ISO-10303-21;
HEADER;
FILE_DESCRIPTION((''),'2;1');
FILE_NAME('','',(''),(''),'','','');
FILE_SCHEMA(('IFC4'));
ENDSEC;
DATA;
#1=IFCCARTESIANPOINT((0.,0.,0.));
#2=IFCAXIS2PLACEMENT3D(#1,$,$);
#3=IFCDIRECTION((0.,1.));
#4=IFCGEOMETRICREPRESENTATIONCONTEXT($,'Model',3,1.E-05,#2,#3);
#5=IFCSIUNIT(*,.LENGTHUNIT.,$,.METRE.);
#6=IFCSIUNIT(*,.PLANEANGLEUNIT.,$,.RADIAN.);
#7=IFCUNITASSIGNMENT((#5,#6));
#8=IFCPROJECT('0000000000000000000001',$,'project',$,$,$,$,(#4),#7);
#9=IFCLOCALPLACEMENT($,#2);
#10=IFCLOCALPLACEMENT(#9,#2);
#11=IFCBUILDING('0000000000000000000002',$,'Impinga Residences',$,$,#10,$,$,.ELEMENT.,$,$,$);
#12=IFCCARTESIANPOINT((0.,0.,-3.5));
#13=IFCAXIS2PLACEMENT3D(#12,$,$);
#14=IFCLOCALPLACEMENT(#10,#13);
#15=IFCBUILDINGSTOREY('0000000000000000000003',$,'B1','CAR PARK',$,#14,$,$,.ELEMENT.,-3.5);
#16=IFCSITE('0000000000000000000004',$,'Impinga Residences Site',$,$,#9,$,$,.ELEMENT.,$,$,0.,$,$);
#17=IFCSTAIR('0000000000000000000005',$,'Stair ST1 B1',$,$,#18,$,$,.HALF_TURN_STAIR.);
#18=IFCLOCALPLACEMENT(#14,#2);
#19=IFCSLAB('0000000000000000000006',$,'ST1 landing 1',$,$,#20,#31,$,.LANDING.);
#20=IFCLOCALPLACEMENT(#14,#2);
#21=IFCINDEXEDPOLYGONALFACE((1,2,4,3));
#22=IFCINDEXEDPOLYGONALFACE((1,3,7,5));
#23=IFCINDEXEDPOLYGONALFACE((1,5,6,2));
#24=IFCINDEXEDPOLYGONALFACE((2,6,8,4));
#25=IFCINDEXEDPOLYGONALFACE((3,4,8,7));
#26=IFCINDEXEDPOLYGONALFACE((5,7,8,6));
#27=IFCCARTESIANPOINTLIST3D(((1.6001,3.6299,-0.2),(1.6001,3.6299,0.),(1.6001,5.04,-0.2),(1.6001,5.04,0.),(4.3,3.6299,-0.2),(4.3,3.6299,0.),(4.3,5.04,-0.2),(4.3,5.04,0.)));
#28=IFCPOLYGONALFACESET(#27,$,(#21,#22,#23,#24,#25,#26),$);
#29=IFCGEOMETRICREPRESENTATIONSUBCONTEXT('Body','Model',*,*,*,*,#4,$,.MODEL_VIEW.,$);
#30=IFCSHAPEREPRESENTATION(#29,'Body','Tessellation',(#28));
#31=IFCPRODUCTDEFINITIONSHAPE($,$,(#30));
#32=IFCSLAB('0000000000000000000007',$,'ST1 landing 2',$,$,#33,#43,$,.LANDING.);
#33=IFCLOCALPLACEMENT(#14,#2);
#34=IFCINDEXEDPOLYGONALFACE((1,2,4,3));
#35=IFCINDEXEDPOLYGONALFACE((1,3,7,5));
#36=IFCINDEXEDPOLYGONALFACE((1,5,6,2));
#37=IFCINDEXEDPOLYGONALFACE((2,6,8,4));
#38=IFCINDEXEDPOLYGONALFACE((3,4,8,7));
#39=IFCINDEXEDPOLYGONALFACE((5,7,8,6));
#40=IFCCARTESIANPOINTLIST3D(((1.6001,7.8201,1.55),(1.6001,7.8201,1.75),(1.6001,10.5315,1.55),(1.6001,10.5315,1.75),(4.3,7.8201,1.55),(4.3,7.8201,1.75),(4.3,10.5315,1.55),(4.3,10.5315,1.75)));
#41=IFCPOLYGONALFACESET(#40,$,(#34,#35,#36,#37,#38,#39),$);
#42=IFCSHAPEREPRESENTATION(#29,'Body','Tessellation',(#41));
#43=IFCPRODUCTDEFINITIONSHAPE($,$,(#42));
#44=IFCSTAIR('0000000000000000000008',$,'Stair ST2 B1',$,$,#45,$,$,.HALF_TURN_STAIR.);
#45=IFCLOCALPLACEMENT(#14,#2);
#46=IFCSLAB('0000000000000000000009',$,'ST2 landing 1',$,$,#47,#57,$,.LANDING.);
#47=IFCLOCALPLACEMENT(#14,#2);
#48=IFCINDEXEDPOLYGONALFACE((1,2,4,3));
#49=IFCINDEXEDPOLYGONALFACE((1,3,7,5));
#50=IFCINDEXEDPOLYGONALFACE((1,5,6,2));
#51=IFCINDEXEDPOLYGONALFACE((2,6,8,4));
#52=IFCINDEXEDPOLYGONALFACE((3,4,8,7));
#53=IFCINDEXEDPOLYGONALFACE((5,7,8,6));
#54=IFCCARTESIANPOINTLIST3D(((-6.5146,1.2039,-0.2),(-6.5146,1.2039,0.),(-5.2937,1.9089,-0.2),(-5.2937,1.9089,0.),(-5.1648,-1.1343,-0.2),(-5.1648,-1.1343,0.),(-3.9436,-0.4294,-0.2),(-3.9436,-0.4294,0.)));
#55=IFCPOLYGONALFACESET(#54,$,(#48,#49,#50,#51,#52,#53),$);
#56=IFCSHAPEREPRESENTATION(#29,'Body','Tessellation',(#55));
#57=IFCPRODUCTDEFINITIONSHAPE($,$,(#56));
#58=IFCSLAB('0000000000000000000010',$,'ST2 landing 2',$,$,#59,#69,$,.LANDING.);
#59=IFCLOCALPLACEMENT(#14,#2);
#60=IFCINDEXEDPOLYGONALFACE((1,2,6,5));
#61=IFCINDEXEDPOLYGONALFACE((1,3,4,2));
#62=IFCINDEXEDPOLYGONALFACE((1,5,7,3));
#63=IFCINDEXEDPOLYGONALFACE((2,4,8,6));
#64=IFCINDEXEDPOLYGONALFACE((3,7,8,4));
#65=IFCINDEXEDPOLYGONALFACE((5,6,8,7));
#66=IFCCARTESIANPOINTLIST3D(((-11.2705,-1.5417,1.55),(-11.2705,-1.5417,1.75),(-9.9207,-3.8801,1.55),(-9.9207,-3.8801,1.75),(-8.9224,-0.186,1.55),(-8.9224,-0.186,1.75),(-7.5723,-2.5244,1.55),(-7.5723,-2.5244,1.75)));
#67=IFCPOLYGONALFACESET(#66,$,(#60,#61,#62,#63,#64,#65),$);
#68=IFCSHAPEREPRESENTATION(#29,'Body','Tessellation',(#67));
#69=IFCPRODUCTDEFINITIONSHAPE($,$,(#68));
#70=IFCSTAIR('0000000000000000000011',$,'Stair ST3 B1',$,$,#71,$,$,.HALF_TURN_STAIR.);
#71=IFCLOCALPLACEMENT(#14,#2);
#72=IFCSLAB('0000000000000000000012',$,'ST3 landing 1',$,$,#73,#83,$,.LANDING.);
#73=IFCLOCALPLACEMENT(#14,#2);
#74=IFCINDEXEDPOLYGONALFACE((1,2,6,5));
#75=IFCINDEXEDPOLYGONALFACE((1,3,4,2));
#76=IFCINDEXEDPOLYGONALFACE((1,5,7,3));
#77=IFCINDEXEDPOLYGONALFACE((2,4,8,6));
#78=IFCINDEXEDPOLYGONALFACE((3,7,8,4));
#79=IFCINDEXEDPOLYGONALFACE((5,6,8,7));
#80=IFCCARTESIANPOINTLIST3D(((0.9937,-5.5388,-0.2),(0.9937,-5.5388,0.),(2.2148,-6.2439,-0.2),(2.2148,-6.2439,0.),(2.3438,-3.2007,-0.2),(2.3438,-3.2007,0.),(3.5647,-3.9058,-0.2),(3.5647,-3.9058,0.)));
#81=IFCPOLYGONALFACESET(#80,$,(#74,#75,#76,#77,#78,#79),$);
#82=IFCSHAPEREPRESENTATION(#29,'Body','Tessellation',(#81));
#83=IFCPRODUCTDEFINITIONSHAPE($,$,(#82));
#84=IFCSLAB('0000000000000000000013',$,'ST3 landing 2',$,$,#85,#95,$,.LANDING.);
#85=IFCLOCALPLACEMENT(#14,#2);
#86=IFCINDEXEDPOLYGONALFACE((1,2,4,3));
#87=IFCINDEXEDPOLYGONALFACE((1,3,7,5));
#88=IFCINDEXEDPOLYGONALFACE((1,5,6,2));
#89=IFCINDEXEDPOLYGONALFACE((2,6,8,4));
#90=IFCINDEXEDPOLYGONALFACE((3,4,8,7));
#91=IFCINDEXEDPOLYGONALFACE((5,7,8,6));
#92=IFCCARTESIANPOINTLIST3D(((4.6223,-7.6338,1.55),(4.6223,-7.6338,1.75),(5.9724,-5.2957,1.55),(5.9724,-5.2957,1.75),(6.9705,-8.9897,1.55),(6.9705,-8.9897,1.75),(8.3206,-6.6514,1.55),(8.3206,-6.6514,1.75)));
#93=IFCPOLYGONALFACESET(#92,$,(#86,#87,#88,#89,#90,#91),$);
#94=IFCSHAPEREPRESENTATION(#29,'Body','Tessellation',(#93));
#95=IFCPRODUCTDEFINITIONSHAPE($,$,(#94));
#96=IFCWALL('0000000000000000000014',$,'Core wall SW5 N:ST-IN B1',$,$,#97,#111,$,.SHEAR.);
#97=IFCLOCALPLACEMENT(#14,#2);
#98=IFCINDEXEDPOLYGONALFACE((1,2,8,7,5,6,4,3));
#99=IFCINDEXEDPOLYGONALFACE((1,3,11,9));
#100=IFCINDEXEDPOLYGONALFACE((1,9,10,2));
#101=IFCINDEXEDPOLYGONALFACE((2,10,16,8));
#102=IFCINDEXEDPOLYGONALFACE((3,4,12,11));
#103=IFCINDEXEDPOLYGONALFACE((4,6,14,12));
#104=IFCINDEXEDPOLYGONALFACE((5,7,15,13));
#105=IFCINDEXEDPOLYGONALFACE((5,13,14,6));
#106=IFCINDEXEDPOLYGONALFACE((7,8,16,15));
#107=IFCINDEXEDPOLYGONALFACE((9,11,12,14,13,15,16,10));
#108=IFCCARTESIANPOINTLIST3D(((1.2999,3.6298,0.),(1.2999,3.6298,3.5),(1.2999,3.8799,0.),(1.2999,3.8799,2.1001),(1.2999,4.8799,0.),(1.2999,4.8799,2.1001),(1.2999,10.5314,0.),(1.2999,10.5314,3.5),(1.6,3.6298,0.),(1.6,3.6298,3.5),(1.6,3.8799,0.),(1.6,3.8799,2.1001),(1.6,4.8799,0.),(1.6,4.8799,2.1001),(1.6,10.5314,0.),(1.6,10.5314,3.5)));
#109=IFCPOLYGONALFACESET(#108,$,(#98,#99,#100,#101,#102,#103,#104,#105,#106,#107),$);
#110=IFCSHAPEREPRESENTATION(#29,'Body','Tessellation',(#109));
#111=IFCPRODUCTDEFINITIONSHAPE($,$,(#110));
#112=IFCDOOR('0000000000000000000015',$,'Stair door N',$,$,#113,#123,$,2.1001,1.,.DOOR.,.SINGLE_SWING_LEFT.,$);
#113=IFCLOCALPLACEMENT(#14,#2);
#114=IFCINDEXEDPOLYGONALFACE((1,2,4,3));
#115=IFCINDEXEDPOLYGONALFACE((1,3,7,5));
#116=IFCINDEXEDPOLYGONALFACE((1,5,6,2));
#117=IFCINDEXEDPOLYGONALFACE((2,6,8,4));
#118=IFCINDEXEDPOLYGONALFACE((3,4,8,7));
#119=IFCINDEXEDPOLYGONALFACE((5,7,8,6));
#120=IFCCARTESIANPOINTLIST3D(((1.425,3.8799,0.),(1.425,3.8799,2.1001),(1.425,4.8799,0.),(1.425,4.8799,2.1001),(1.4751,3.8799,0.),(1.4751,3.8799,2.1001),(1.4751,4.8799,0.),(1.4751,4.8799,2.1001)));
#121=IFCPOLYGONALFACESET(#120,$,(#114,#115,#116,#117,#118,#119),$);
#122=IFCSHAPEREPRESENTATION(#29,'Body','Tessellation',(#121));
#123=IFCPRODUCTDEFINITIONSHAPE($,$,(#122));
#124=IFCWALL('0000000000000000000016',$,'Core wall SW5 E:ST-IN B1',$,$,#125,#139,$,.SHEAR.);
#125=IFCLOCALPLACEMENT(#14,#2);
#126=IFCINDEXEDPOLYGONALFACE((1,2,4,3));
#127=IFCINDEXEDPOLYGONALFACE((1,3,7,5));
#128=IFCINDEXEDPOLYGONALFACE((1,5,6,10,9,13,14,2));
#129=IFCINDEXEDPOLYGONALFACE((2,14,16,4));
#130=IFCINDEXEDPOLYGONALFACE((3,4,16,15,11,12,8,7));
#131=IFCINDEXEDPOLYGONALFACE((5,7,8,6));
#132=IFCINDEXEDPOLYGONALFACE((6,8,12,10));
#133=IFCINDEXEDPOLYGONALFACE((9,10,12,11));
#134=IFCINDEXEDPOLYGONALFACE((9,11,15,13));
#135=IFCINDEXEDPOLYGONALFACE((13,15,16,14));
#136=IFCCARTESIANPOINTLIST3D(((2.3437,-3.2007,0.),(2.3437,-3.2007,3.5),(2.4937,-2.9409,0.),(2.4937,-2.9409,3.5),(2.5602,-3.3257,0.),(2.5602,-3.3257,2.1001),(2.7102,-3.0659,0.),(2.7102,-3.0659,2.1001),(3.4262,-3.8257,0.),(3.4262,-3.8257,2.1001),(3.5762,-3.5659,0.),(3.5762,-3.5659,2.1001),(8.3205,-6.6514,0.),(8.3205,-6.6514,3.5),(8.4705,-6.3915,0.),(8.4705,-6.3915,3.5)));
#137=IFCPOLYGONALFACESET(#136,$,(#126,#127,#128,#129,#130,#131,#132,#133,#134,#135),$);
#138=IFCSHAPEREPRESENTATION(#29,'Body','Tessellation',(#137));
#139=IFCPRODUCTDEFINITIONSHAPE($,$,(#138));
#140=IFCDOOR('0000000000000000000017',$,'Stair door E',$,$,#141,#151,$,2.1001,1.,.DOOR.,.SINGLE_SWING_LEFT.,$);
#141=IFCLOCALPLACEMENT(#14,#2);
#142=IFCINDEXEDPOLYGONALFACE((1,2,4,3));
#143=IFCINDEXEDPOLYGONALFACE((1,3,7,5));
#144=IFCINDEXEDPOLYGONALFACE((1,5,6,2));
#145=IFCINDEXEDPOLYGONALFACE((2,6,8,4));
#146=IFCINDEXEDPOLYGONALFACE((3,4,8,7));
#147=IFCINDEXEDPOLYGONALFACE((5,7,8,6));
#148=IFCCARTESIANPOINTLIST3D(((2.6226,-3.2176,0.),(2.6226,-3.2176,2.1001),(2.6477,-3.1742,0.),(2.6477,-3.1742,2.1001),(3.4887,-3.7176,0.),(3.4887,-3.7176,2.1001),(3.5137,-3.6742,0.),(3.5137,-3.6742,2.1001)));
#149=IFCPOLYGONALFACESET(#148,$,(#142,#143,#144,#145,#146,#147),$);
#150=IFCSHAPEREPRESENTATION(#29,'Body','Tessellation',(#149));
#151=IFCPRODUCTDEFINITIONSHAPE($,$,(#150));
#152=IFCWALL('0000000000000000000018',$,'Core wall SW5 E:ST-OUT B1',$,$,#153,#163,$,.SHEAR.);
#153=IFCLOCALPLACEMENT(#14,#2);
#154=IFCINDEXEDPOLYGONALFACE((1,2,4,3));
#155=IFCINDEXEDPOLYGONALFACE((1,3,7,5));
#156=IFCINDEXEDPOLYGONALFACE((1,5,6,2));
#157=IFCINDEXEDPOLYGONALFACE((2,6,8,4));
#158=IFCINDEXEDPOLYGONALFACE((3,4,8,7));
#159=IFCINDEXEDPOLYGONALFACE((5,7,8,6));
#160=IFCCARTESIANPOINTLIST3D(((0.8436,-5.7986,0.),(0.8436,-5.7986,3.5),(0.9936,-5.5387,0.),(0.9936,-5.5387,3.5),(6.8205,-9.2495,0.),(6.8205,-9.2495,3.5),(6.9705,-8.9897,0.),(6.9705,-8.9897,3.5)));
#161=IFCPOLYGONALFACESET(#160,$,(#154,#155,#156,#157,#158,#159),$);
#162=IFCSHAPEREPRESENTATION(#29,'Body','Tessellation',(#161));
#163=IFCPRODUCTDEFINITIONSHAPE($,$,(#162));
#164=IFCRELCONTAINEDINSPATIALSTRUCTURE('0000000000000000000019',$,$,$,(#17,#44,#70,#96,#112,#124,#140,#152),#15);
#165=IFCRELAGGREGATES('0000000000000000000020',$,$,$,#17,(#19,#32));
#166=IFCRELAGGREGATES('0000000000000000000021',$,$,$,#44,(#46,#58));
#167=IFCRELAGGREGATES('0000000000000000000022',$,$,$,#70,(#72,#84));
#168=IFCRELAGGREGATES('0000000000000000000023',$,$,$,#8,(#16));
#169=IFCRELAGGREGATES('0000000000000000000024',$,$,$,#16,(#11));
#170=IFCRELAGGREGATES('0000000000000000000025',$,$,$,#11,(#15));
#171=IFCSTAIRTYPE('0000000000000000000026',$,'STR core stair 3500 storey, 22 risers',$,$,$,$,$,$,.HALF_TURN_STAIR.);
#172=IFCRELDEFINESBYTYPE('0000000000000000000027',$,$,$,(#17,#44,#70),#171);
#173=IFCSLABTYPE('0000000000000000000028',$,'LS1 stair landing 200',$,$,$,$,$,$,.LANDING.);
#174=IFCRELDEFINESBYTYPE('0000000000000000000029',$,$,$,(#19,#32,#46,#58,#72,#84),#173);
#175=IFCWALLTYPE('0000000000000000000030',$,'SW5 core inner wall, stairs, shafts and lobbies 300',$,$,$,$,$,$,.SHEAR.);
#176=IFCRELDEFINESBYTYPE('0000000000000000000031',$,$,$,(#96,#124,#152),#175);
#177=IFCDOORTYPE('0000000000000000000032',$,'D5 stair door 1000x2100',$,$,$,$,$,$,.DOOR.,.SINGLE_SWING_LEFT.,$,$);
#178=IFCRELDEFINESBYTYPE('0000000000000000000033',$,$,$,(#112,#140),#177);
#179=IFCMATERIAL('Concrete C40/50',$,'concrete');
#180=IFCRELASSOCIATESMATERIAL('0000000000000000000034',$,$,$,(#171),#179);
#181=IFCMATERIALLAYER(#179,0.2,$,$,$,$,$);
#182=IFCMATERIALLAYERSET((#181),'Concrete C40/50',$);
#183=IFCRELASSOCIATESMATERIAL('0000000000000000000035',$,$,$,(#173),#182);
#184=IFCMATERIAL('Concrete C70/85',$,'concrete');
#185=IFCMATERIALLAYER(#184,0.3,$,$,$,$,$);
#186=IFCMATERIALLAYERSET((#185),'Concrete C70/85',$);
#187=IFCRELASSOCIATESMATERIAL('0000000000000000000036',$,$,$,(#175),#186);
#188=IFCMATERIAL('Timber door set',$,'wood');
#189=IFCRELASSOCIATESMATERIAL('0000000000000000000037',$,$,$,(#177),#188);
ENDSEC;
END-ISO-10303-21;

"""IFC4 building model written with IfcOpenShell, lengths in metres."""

from ifc_helpers import new_model, si_unit, direction, frame, frame_2d, origin, place, context, subcontext, project, spatial, polyline, rectangle, outline, extrude, material, layer, layer_set, type_object, element, fill, aggregate, save


model = new_model("IFC4")

# Units and contexts
model_context = context("Model", 3, precision=1e-05, world=origin(), true_north=direction((0.0, 1.0)))
body_context = subcontext(model_context, "Body", "Model", "MODEL_VIEW")
ifc_project = project(units=[si_unit("LENGTHUNIT", "METRE"), si_unit("PLANEANGLEUNIT", "RADIAN")], contexts=[model_context])

# Site, building, storey
site_placement = place(None, origin())
site = spatial("IfcSite", under=ifc_project, at=site_placement, Name="Impinga Residences Site", CompositionType="ELEMENT", RefElevation=0.0)
building_placement = place(site_placement, origin())
building = spatial("IfcBuilding", under=site, at=building_placement, Name="Impinga Residences", CompositionType="ELEMENT")
storey_placement = place(building_placement, frame((0.0, 0.0, -3.5)))
storey = spatial("IfcBuildingStorey", under=building, at=storey_placement, Name="B1", Description="CAR PARK", CompositionType="ELEMENT", Elevation=-3.5)

# Stairs, slabs
ifc_material_1 = material(Name="Concrete C40/50", Category="concrete")
stair_type = type_object("IfcStairType", Name="STR core stair 3500 storey, 22 risers", PredefinedType="HALF_TURN_STAIR", material=ifc_material_1)
stair_1_placement = place(storey_placement, origin())
stair_1 = element("IfcStair", 1, at=stair_1_placement, inside=storey, type_object=stair_type, Name="Stair ST1 B1", PredefinedType="HALF_TURN_STAIR")
ifc_layer_1 = layer(ifc_material_1, 0.2)
ifc_layer_set_1 = layer_set([ifc_layer_1], Name="Concrete C40/50")
slab_type = type_object("IfcSlabType", Name="LS1 stair landing 200", PredefinedType="LANDING", material=ifc_layer_set_1)
slab_1_placement = place(storey_placement, frame((0.0, 0.0, -0.2)))
slab_1 = element("IfcSlab", 2, at=slab_1_placement, type_object=slab_type, Name="ST1 landing 1", PredefinedType="LANDING", context=body_context, shape_type="SweptSolid", body=[
    extrude(outline(polyline([(1.6001, 3.6299), (4.3, 3.6299), (4.3, 5.04), (1.6001, 5.04), (1.6001, 3.6299)])), origin(), (0.0, 0.0, 1.0), 0.2),
])
slab_2_placement = place(storey_placement, frame((0.0, 0.0, 1.55)))
slab_2 = element("IfcSlab", 3, at=slab_2_placement, type_object=slab_type, Name="ST1 landing 2", PredefinedType="LANDING", context=body_context, shape_type="SweptSolid", body=[
    extrude(outline(polyline([(1.6001, 7.8201), (4.3, 7.8201), (4.3, 10.5315), (1.6001, 10.5315), (1.6001, 7.8201)])), origin(), (0.0, 0.0, 1.0), 0.2),
])
aggregate(stair_1, [slab_1, slab_2])
stair_2_placement = place(storey_placement, origin())
stair_2 = element("IfcStair", 4, at=stair_2_placement, inside=storey, type_object=stair_type, Name="Stair ST2 B1", PredefinedType="HALF_TURN_STAIR")
slab_3_placement = place(storey_placement, frame((0.0, 0.0, -0.2)))
slab_3 = element("IfcSlab", 5, at=slab_3_placement, type_object=slab_type, Name="ST2 landing 1", PredefinedType="LANDING", context=body_context, shape_type="SweptSolid", body=[
    extrude(outline(polyline([(-3.9436, -0.4294), (-5.2937, 1.9089), (-6.5146, 1.2039), (-5.1648, -1.1343), (-3.9436, -0.4294)])), origin(), (0.0, 0.0, 1.0), 0.2),
])
slab_4_placement = place(storey_placement, frame((0.0, 0.0, 1.55)))
slab_4 = element("IfcSlab", 6, at=slab_4_placement, type_object=slab_type, Name="ST2 landing 2", PredefinedType="LANDING", context=body_context, shape_type="SweptSolid", body=[
    extrude(outline(polyline([(-7.5723, -2.5244), (-8.9224, -0.186), (-11.2705, -1.5417), (-9.9207, -3.8801), (-7.5723, -2.5244)])), origin(), (0.0, 0.0, 1.0), 0.2),
])
aggregate(stair_2, [slab_3, slab_4])
stair_3_placement = place(storey_placement, origin())
stair_3 = element("IfcStair", 7, at=stair_3_placement, inside=storey, type_object=stair_type, Name="Stair ST3 B1", PredefinedType="HALF_TURN_STAIR")
slab_5_placement = place(storey_placement, frame((0.0, 0.0, -0.2)))
slab_5 = element("IfcSlab", 8, at=slab_5_placement, type_object=slab_type, Name="ST3 landing 1", PredefinedType="LANDING", context=body_context, shape_type="SweptSolid", body=[
    extrude(outline(polyline([(2.3438, -3.2007), (0.9937, -5.5388), (2.2148, -6.2439), (3.5647, -3.9058), (2.3438, -3.2007)])), origin(), (0.0, 0.0, 1.0), 0.2),
])
slab_6_placement = place(storey_placement, frame((0.0, 0.0, 1.55)))
slab_6 = element("IfcSlab", 9, at=slab_6_placement, type_object=slab_type, Name="ST3 landing 2", PredefinedType="LANDING", context=body_context, shape_type="SweptSolid", body=[
    extrude(outline(polyline([(5.9724, -5.2957), (4.6223, -7.6338), (6.9705, -8.9897), (8.3206, -6.6514), (5.9724, -5.2957)])), origin(), (0.0, 0.0, 1.0), 0.2),
])

# Walls, openings, doors
ifc_material_2 = material(Name="Concrete C70/85", Category="concrete")
ifc_layer_2 = layer(ifc_material_2, 0.3)
ifc_layer_set_2 = layer_set([ifc_layer_2], Name="Concrete C70/85")
wall_type = type_object("IfcWallType", Name="SW5 core inner wall, stairs, shafts and lobbies 300", PredefinedType="SHEAR", material=ifc_layer_set_2)
wall_1_placement = place(storey_placement, frame((1.45, 3.6299, 0.0), z_axis=(0.0, 0.0, 1.0), x_axis=(0.0, 1.0, 0.0)))
wall_1 = element("IfcWall", 10, at=wall_1_placement, inside=storey, type_object=wall_type, Name="Core wall SW5 N:ST-IN B1", PredefinedType="SHEAR", context=body_context, shape_type="SweptSolid", body=[
    extrude(rectangle(XDim=6.9016, YDim=0.3, at=frame_2d((3.4507, 0.0))), origin(), (0.0, 0.0, 1.0), 3.5),
])
opening_1_placement = place(wall_1_placement, frame((0.25, 0.0, 0.0)))
opening_1 = element("IfcOpeningElement", 11, at=opening_1_placement, cuts=wall_1, PredefinedType="OPENING", context=body_context, shape_type="SweptSolid", body=[
    extrude(rectangle(XDim=1.0, YDim=2.1001, at=frame_2d((0.5, 1.05))), frame((0.0, 0.1599, 0.0), z_axis=(0.0, -1.0, 0.0), x_axis=(1.0, 0.0, 0.0)), (0.0, 0.0, 1.0), 0.3201),
])
ifc_material_3 = material(Name="Timber door set", Category="wood")
door_type = type_object("IfcDoorType", Name="D5 stair door 1000x2100", OperationType="SINGLE_SWING_LEFT", PredefinedType="DOOR", material=ifc_material_3)
door_1_placement = place(opening_1_placement, origin())
door_1 = element("IfcDoor", 12, at=door_1_placement, inside=storey, type_object=door_type, Name="Stair door N", OperationType="SINGLE_SWING_LEFT", OverallHeight=2.1001, OverallWidth=1.0, PredefinedType="DOOR", context=body_context, shape_type="SweptSolid", body=[
    extrude(rectangle(XDim=1.0, YDim=2.1001, at=frame_2d((0.5, 1.05))), frame((0.0, 0.0249, 0.0), z_axis=(0.0, -1.0, 0.0), x_axis=(1.0, 0.0, 0.0)), (0.0, 0.0, 1.0), 0.05),
])
fill(opening_1, door_1)
wall_2_placement = place(storey_placement, frame((2.4187, -3.0708, 0.0), z_axis=(0.0, 0.0, 1.0), x_axis=(0.866027, -0.499997, 0.0)))
wall_2 = element("IfcWall", 13, at=wall_2_placement, inside=storey, type_object=wall_type, Name="Core wall SW5 E:ST-IN B1", PredefinedType="SHEAR", context=body_context, shape_type="SweptSolid", body=[
    extrude(rectangle(XDim=6.9014, YDim=0.3, at=frame_2d((3.4507, 0.0))), origin(), (0.0, 0.0, 1.0), 3.5),
])
opening_2_placement = place(wall_2_placement, frame((0.25, 0.0, 0.0)))
opening_2 = element("IfcOpeningElement", 14, at=opening_2_placement, cuts=wall_2, PredefinedType="OPENING", context=body_context, shape_type="SweptSolid", body=[
    extrude(rectangle(XDim=1.0, YDim=2.1001, at=frame_2d((0.5, 1.05))), frame((0.0, 0.1599, 0.0), z_axis=(0.0, -1.0, 0.0), x_axis=(1.0, 0.0, 0.0)), (0.0, 0.0, 1.0), 0.3201),
])
door_2_placement = place(opening_2_placement, origin())
door_2 = element("IfcDoor", 15, at=door_2_placement, inside=storey, type_object=door_type, Name="Stair door E", OperationType="SINGLE_SWING_LEFT", OverallHeight=2.1001, OverallWidth=1.0, PredefinedType="DOOR", context=body_context, shape_type="SweptSolid", body=[
    extrude(rectangle(XDim=1.0, YDim=2.1001, at=frame_2d((0.5, 1.05))), frame((0.0, 0.0249, 0.0), z_axis=(0.0, -1.0, 0.0), x_axis=(1.0, 0.0, 0.0)), (0.0, 0.0, 1.0), 0.05),
])
fill(opening_2, door_2)

# Wall
wall_3_placement = place(storey_placement, frame((0.9187, -5.6687, 0.0), z_axis=(0.0, 0.0, 1.0), x_axis=(0.866012, -0.500024, 0.0)))
element("IfcWall", 16, at=wall_3_placement, inside=storey, type_object=wall_type, Name="Core wall SW5 E:ST-OUT B1", PredefinedType="SHEAR", context=body_context, shape_type="SweptSolid", body=[
    extrude(rectangle(XDim=6.9016, YDim=0.3, at=frame_2d((3.4507, 0.0))), origin(), (0.0, 0.0, 1.0), 3.5),
])

aggregate(stair_3, [slab_5, slab_6])

save(model, "model.ifc")
